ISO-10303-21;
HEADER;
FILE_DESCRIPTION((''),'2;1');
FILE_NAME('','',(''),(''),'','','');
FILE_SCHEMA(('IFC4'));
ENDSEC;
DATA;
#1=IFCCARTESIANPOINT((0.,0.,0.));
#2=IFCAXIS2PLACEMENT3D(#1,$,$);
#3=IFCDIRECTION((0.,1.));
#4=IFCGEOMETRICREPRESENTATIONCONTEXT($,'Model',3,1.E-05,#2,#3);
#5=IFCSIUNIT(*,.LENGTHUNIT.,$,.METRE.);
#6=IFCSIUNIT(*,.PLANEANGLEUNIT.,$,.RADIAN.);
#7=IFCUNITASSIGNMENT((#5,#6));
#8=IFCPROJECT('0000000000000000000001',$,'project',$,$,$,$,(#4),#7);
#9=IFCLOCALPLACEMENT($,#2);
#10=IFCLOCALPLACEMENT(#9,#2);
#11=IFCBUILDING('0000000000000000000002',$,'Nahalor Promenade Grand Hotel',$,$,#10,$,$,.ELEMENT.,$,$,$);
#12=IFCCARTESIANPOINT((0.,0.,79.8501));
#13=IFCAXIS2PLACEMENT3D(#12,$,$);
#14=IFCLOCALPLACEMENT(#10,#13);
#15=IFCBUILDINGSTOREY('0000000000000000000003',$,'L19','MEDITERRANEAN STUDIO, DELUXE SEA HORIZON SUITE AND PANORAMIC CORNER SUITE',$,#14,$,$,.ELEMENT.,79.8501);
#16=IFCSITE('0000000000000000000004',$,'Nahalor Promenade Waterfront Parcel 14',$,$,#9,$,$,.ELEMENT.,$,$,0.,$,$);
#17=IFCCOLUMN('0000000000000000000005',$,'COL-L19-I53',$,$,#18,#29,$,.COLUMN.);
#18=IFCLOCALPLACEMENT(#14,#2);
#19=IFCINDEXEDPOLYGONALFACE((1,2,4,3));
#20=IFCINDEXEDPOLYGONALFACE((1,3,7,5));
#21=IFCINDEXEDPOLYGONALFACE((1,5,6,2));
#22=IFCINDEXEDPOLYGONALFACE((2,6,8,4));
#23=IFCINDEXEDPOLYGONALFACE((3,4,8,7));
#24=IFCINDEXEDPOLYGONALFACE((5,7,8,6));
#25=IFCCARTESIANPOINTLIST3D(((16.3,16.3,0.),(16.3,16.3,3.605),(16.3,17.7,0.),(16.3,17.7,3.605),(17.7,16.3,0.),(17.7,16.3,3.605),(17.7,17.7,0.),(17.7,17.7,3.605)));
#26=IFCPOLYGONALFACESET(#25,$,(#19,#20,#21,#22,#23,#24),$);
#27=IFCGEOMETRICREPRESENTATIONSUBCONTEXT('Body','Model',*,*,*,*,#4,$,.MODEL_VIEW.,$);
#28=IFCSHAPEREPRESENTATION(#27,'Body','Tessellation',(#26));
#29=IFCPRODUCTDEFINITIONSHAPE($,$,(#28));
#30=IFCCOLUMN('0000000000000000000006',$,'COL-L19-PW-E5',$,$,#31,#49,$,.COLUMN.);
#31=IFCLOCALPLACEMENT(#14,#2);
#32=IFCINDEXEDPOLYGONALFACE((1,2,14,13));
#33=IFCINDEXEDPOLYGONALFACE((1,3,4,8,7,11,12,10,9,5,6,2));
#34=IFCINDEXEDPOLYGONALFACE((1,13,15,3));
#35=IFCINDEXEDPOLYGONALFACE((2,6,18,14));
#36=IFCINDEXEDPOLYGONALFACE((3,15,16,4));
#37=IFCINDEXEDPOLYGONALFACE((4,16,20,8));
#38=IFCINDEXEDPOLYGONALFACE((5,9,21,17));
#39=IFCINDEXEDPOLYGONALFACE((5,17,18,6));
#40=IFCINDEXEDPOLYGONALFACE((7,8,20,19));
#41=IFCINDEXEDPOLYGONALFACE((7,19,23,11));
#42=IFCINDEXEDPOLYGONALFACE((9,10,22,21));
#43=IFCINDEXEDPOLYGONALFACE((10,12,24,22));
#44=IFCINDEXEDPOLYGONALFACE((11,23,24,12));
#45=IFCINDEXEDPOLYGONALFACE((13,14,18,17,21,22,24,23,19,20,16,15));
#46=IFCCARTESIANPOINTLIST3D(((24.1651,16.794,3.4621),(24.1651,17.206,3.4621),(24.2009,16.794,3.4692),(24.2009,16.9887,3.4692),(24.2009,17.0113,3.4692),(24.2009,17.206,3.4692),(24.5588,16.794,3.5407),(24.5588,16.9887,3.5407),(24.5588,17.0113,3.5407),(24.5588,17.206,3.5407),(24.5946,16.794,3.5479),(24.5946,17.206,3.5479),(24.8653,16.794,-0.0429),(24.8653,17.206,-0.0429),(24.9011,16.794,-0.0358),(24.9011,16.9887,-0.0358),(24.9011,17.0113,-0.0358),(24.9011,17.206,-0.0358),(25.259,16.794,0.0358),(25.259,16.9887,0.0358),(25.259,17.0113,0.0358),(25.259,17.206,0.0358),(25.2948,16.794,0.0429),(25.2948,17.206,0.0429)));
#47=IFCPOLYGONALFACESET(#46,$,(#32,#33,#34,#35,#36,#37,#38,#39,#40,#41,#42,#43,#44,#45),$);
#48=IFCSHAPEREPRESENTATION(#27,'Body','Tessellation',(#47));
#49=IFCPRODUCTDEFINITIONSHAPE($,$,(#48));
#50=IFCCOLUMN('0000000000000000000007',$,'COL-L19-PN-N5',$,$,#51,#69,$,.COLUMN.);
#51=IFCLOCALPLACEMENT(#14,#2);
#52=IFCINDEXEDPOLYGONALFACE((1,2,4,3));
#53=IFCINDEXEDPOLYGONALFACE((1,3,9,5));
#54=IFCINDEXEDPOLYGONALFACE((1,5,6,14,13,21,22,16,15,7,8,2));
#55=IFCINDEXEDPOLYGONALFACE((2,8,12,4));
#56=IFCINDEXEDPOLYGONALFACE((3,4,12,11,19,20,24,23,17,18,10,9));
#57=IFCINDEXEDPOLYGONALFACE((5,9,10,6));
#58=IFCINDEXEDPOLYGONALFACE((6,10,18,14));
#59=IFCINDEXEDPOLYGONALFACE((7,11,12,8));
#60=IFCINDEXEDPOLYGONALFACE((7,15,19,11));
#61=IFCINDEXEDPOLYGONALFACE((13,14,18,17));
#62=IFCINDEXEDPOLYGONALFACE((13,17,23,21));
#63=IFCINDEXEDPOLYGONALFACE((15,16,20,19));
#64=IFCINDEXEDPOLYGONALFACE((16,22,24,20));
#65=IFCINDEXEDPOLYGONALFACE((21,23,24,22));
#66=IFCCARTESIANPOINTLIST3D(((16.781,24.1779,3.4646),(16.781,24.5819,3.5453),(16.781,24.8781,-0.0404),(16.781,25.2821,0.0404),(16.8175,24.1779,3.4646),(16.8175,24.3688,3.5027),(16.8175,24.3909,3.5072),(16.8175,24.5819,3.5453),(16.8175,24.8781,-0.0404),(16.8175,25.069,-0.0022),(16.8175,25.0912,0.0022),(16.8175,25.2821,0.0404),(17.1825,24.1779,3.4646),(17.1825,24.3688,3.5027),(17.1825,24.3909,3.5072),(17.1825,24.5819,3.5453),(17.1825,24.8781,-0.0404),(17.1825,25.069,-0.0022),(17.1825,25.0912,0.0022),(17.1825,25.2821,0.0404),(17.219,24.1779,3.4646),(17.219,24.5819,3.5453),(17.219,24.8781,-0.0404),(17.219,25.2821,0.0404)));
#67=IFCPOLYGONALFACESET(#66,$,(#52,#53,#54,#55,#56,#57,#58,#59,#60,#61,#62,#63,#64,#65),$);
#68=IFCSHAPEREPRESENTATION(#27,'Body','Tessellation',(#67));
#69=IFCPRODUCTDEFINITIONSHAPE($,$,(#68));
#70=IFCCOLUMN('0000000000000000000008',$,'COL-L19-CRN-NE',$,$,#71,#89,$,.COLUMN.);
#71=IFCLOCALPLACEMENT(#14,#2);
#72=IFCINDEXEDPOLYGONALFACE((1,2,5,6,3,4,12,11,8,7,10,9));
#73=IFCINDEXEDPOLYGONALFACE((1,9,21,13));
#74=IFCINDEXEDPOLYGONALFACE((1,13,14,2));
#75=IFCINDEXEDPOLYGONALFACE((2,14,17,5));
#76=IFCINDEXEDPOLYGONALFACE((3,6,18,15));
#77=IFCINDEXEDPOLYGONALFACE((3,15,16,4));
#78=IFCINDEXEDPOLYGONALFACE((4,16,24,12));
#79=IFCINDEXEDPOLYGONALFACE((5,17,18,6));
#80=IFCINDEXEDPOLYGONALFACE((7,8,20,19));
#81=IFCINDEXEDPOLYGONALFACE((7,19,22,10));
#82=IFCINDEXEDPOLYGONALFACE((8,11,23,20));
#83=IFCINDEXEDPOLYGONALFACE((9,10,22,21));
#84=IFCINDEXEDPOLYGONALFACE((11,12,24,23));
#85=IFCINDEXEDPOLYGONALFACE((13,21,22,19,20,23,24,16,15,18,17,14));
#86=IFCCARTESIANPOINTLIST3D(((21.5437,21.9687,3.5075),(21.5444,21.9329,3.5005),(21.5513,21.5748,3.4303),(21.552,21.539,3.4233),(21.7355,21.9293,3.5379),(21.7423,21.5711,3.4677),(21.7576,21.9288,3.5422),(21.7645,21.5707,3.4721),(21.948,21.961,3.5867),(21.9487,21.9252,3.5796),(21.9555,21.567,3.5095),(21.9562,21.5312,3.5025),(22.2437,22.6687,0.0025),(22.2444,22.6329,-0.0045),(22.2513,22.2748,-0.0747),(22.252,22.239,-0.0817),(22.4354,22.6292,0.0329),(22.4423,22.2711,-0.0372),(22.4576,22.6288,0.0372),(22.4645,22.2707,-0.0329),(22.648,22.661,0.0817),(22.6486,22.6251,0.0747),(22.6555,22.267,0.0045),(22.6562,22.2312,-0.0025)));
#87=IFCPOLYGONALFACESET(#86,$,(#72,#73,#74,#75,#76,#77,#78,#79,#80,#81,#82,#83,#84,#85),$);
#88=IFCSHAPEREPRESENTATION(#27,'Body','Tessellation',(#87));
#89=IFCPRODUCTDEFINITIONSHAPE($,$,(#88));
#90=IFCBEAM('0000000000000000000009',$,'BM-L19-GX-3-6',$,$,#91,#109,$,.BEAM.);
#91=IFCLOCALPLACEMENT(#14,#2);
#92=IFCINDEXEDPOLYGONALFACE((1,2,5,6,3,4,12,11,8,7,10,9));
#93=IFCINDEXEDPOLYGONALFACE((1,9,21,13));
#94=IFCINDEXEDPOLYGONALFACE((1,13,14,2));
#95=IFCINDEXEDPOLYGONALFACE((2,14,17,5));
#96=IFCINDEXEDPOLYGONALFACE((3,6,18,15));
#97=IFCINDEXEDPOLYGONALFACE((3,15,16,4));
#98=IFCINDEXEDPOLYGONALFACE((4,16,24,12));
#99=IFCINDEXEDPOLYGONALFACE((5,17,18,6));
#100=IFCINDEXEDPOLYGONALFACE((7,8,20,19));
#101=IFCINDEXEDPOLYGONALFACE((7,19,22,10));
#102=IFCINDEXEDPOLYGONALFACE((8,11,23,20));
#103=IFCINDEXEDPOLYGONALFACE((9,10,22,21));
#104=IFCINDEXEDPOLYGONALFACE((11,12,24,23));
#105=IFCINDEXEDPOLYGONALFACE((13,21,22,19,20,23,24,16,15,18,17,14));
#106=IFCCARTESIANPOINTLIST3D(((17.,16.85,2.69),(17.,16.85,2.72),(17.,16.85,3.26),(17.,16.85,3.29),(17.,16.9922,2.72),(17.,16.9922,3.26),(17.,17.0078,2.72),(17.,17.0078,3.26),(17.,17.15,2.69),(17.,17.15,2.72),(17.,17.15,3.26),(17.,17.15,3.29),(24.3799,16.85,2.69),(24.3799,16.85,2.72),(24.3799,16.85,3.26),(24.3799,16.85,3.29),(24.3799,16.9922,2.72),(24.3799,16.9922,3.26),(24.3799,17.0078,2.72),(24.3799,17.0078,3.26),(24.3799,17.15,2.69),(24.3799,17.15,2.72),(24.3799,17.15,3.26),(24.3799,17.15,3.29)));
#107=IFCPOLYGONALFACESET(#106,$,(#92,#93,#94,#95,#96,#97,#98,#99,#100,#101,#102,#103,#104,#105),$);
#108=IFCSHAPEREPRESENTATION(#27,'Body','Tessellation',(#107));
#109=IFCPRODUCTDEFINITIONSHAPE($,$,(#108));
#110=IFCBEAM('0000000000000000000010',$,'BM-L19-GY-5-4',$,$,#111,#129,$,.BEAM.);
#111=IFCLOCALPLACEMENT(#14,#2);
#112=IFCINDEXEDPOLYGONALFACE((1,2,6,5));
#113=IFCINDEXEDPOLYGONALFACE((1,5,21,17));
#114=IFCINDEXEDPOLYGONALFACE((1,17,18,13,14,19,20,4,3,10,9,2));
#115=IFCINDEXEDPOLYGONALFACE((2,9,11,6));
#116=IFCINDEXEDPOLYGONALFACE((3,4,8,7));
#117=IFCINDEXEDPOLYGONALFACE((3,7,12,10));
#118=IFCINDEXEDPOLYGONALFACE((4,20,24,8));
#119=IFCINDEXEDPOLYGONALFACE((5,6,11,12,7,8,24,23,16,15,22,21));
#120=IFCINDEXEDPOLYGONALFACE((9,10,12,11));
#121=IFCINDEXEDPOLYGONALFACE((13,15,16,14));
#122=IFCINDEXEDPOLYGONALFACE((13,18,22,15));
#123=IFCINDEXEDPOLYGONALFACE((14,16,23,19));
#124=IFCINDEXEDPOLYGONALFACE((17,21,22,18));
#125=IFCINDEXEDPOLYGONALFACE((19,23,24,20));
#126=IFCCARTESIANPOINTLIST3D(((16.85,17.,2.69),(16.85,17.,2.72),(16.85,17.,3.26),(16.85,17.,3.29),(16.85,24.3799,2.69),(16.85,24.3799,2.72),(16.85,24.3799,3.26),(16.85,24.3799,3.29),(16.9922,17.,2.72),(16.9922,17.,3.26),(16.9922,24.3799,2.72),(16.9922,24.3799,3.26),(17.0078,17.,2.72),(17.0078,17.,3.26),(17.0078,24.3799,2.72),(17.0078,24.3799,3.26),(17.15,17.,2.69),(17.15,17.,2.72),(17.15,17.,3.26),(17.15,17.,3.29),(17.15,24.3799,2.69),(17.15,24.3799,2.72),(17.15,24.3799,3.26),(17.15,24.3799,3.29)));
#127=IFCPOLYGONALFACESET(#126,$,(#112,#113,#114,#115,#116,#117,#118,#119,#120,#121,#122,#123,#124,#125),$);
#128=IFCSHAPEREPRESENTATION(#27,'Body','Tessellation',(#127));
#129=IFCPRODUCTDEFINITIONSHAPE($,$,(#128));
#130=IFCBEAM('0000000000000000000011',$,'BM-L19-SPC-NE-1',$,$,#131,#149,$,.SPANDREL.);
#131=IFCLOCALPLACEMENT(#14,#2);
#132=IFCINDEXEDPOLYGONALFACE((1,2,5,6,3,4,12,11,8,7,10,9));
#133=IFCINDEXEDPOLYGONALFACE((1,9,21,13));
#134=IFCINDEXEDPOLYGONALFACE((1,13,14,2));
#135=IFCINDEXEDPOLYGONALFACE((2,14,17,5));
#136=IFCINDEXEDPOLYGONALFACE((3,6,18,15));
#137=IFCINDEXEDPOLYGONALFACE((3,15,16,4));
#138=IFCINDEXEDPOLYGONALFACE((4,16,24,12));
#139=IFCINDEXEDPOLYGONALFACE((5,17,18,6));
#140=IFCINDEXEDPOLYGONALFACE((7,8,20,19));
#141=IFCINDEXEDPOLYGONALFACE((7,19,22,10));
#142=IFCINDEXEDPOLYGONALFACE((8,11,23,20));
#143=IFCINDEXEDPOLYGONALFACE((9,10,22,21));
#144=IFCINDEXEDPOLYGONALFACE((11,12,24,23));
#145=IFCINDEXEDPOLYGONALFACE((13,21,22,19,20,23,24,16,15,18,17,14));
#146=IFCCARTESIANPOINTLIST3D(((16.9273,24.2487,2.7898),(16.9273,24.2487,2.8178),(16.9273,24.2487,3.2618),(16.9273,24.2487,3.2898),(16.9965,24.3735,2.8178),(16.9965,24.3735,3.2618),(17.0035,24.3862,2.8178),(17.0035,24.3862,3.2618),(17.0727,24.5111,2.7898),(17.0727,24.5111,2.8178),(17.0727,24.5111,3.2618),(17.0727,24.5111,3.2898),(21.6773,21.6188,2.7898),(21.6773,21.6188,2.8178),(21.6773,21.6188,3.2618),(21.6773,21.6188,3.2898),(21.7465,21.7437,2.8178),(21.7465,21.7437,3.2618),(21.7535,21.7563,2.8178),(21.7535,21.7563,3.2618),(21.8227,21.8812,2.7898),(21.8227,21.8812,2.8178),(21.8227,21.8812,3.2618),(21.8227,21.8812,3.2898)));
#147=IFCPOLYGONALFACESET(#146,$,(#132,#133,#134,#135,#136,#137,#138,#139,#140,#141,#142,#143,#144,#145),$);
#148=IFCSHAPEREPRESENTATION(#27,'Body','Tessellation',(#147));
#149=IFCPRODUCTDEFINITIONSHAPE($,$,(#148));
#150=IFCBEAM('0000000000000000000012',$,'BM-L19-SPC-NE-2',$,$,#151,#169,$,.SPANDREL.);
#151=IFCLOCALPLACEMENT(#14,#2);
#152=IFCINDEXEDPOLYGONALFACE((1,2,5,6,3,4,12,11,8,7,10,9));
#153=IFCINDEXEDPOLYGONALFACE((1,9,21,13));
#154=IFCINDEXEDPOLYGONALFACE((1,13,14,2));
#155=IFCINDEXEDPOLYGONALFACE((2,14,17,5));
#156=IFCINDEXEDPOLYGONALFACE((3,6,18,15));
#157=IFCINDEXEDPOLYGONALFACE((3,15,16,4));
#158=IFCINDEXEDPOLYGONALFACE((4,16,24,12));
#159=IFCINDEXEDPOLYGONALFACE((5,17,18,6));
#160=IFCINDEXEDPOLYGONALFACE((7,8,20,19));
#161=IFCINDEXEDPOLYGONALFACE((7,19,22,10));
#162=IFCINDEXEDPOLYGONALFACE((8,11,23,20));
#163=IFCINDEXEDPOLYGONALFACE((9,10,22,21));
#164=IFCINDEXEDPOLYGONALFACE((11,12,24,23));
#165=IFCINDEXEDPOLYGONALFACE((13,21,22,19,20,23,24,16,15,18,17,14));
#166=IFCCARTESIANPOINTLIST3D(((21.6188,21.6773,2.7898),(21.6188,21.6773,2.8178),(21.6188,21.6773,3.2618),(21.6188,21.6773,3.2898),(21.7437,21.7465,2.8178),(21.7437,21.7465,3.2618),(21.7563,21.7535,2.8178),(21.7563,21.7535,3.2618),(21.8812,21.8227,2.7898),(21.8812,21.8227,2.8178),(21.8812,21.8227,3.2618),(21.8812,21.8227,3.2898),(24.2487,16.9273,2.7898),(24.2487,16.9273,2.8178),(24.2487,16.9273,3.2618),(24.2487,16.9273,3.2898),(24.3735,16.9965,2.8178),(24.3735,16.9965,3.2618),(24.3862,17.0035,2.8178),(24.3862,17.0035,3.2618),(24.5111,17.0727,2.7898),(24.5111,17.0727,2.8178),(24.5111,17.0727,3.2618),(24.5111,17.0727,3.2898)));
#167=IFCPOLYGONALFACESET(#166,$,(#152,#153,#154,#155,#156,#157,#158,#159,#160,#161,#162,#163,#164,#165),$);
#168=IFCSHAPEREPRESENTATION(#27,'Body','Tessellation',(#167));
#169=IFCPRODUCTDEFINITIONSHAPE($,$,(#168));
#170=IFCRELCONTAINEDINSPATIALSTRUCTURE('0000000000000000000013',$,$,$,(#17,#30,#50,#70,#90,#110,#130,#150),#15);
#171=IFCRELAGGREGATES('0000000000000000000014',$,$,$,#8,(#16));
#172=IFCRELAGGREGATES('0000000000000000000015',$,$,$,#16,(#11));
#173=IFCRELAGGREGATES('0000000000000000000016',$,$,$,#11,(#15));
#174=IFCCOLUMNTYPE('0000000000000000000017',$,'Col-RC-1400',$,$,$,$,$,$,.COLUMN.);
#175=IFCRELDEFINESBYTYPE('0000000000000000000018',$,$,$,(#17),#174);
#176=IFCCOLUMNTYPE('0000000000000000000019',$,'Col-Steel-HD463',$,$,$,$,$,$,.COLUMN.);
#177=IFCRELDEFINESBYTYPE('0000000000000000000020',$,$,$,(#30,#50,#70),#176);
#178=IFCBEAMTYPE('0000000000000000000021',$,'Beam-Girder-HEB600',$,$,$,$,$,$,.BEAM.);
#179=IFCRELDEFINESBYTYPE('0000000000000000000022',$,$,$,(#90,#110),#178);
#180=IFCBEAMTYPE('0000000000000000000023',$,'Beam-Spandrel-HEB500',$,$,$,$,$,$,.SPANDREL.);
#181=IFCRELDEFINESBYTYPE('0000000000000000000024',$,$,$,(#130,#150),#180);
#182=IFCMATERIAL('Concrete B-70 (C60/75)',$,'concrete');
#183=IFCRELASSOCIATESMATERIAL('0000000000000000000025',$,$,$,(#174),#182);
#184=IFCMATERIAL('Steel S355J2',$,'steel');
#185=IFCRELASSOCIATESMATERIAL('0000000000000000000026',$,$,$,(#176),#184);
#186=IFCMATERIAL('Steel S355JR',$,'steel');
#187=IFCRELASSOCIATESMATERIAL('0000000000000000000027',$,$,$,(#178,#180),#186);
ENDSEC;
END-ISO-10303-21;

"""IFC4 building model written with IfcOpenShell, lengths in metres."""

from ifc_helpers import new_model, si_unit, direction, frame, origin, origin_2d, place, context, subcontext, project, spatial, rectangle, i_section, extrude, source, transform, mapped, material, material_profile, profile_set, type_object, element, save


model = new_model("IFC4")

# Units and contexts
model_context = context("Model", 3, precision=1e-05, world=origin(), true_north=direction((0.0, 1.0)))
body_context = subcontext(model_context, "Body", "Model", "MODEL_VIEW")
ifc_project = project(units=[si_unit("LENGTHUNIT", "METRE"), si_unit("PLANEANGLEUNIT", "RADIAN")], contexts=[model_context])

# Site, building, storey
site_placement = place(None, origin())
site = spatial("IfcSite", under=ifc_project, at=site_placement, Name="Nahalor Promenade Waterfront Parcel 14", CompositionType="ELEMENT", RefElevation=0.0)
building_placement = place(site_placement, origin())
building = spatial("IfcBuilding", under=site, at=building_placement, Name="Nahalor Promenade Grand Hotel", CompositionType="ELEMENT")
storey_placement = place(building_placement, frame((0.0, 0.0, 79.8501)))
storey = spatial("IfcBuildingStorey", under=building, at=storey_placement, Name="L19", Description="MEDITERRANEAN STUDIO, DELUXE SEA HORIZON SUITE AND PANORAMIC CORNER SUITE", CompositionType="ELEMENT", Elevation=79.8501)

# Columns
ifc_material_1 = material(Name="Concrete B-70 (C60/75)", Category="concrete")
ifc_material_profile_1 = material_profile(ifc_material_1, rectangle(XDim=1.4, YDim=1.4, at=origin_2d()), Name="RC 1400x1400")
ifc_profile_set_1 = profile_set([ifc_material_profile_1], Name="Concrete B-70 (C60/75)")
column_type_1 = type_object("IfcColumnType", Name="Col-RC-1400", PredefinedType="COLUMN", material=ifc_profile_set_1)
shared_shape_1 = source(origin(), body_context, "Body", "SweptSolid", [
    extrude(rectangle(XDim=1.4, YDim=1.4, at=origin_2d()), origin(), (0.0, 0.0, 1.0), 3.605),
])
column_1_placement = place(storey_placement, frame((17.0, 17.0, 0.0), z_axis=(0.0, 0.0, 1.0), x_axis=(1.0, 0.0, 0.0)))
element("IfcColumn", 1, at=column_1_placement, inside=storey, type_object=column_type_1, Name="COL-L19-I53", PredefinedType="COLUMN", context=body_context, shape_type="MappedRepresentation", body=[
    mapped(shared_shape_1, transform((0.0, 0.0, 0.0), scale=1.0)),
])
ifc_material_2 = material(Name="Steel S355J2", Category="steel")
ifc_material_profile_2 = material_profile(ifc_material_2, i_section(OverallWidth=0.412, OverallDepth=0.438, WebThickness=0.0226, FlangeThickness=0.0365, at=origin_2d()), Name="HD 400x463")
ifc_profile_set_2 = profile_set([ifc_material_profile_2], Name="Steel S355J2")
column_type_2 = type_object("IfcColumnType", Name="Col-Steel-HD463", PredefinedType="COLUMN", material=ifc_profile_set_2)
shared_shape_2 = source(origin(), body_context, "Body", "SweptSolid", [
    extrude(i_section(OverallWidth=0.412, OverallDepth=0.438, WebThickness=0.0226, FlangeThickness=0.0365, at=origin_2d()), origin(), (0.0, 0.0, 1.0), 3.5742),
])
for number, where, z_axis, x_axis, name in (
    (2, (25.0801, 17.0, 0.0), (-0.195906, 0.0, 0.980623), (0.0, -1.0, 0.0), "COL-L19-PW-E5"),
    (3, (17.0, 25.0801, 0.0), (0.0, -0.195906, 0.980623), (0.0, 0.980623, 0.195906), "COL-L19-PN-N5"),
):
    element("IfcColumn", number, at=place(storey_placement, frame(where, z_axis=z_axis, x_axis=x_axis)), inside=storey, type_object=column_type_2, Name=name, PredefinedType="COLUMN", context=body_context, shape_type="MappedRepresentation", body=[
        mapped(shared_shape_2, transform((0.0, 0.0, 0.0), scale=1.0)),
    ])
shared_shape_3 = source(origin(), body_context, "Body", "SweptSolid", [
    extrude(i_section(OverallWidth=0.412, OverallDepth=0.438, WebThickness=0.0226, FlangeThickness=0.0365, at=origin_2d()), origin(), (0.0, 0.0, 1.0), 3.6421),
])
column_2_placement = place(storey_placement, frame((22.45, 22.45, 0.0), z_axis=(-0.192189, -0.192189, 0.962355), x_axis=(0.981177, -0.018823, 0.192189)))
element("IfcColumn", 4, at=column_2_placement, inside=storey, type_object=column_type_2, Name="COL-L19-CRN-NE", PredefinedType="COLUMN", context=body_context, shape_type="MappedRepresentation", body=[
    mapped(shared_shape_3, transform((0.0, 0.0, 0.0), scale=1.0)),
])

# Beams
ifc_material_3 = material(Name="Steel S355JR", Category="steel")
ifc_material_profile_3 = material_profile(ifc_material_3, i_section(OverallWidth=0.3, OverallDepth=0.6, WebThickness=0.0155, FlangeThickness=0.03, at=origin_2d()), Name="HEB 600")
ifc_profile_set_3 = profile_set([ifc_material_profile_3], Name="Steel S355JR")
beam_type_1 = type_object("IfcBeamType", Name="Beam-Girder-HEB600", PredefinedType="BEAM", material=ifc_profile_set_3)
shared_shape_4 = source(origin(), body_context, "Body", "SweptSolid", [
    extrude(i_section(OverallWidth=0.3, OverallDepth=0.6, WebThickness=0.0155, FlangeThickness=0.03, at=origin_2d()), origin(), (0.0, 0.0, 1.0), 7.3799),
])
for number, where, z_axis, x_axis, name in (
    (5, (17.0, 17.0, 2.99), (1.0, 0.0, 0.0), (0.0, 1.0, 0.0), "BM-L19-GX-3-6"),
    (6, (17.0, 17.0, 2.99), (0.0, 1.0, 0.0), (-1.0, 0.0, 0.0), "BM-L19-GY-5-4"),
):
    element("IfcBeam", number, at=place(storey_placement, frame(where, z_axis=z_axis, x_axis=x_axis)), inside=storey, type_object=beam_type_1, Name=name, PredefinedType="BEAM", context=body_context, shape_type="MappedRepresentation", body=[
        mapped(shared_shape_4, transform((0.0, 0.0, 0.0), scale=1.0)),
    ])
ifc_material_profile_4 = material_profile(ifc_material_3, i_section(OverallWidth=0.3, OverallDepth=0.5, WebThickness=0.0145, FlangeThickness=0.028, at=origin_2d()), Name="HEB 500")
ifc_profile_set_4 = profile_set([ifc_material_profile_4], Name="Steel S355JR")
beam_type_2 = type_object("IfcBeamType", Name="Beam-Spandrel-HEB500", PredefinedType="SPANDREL", material=ifc_profile_set_4)
shared_shape_5 = source(origin(), body_context, "Body", "SweptSolid", [
    extrude(i_section(OverallWidth=0.3, OverallDepth=0.5, WebThickness=0.0145, FlangeThickness=0.028, at=origin_2d()), origin(), (0.0, 0.0, 1.0), 5.4294),
])
for number, where, z_axis, x_axis, name in (
    (7, (17.0, 24.3799, 3.0398), (0.874861, -0.484375, 0.0), (0.484375, 0.874861, 0.0), "BM-L19-SPC-NE-1"),
    (8, (21.75, 21.75, 3.0398), (0.484375, -0.874861, 0.0), (0.874861, 0.484375, 0.0), "BM-L19-SPC-NE-2"),
):
    element("IfcBeam", number, at=place(storey_placement, frame(where, z_axis=z_axis, x_axis=x_axis)), inside=storey, type_object=beam_type_2, Name=name, PredefinedType="SPANDREL", context=body_context, shape_type="MappedRepresentation", body=[
        mapped(shared_shape_5, transform((0.0, 0.0, 0.0), scale=1.0)),
    ])

save(model, "model.ifc")
